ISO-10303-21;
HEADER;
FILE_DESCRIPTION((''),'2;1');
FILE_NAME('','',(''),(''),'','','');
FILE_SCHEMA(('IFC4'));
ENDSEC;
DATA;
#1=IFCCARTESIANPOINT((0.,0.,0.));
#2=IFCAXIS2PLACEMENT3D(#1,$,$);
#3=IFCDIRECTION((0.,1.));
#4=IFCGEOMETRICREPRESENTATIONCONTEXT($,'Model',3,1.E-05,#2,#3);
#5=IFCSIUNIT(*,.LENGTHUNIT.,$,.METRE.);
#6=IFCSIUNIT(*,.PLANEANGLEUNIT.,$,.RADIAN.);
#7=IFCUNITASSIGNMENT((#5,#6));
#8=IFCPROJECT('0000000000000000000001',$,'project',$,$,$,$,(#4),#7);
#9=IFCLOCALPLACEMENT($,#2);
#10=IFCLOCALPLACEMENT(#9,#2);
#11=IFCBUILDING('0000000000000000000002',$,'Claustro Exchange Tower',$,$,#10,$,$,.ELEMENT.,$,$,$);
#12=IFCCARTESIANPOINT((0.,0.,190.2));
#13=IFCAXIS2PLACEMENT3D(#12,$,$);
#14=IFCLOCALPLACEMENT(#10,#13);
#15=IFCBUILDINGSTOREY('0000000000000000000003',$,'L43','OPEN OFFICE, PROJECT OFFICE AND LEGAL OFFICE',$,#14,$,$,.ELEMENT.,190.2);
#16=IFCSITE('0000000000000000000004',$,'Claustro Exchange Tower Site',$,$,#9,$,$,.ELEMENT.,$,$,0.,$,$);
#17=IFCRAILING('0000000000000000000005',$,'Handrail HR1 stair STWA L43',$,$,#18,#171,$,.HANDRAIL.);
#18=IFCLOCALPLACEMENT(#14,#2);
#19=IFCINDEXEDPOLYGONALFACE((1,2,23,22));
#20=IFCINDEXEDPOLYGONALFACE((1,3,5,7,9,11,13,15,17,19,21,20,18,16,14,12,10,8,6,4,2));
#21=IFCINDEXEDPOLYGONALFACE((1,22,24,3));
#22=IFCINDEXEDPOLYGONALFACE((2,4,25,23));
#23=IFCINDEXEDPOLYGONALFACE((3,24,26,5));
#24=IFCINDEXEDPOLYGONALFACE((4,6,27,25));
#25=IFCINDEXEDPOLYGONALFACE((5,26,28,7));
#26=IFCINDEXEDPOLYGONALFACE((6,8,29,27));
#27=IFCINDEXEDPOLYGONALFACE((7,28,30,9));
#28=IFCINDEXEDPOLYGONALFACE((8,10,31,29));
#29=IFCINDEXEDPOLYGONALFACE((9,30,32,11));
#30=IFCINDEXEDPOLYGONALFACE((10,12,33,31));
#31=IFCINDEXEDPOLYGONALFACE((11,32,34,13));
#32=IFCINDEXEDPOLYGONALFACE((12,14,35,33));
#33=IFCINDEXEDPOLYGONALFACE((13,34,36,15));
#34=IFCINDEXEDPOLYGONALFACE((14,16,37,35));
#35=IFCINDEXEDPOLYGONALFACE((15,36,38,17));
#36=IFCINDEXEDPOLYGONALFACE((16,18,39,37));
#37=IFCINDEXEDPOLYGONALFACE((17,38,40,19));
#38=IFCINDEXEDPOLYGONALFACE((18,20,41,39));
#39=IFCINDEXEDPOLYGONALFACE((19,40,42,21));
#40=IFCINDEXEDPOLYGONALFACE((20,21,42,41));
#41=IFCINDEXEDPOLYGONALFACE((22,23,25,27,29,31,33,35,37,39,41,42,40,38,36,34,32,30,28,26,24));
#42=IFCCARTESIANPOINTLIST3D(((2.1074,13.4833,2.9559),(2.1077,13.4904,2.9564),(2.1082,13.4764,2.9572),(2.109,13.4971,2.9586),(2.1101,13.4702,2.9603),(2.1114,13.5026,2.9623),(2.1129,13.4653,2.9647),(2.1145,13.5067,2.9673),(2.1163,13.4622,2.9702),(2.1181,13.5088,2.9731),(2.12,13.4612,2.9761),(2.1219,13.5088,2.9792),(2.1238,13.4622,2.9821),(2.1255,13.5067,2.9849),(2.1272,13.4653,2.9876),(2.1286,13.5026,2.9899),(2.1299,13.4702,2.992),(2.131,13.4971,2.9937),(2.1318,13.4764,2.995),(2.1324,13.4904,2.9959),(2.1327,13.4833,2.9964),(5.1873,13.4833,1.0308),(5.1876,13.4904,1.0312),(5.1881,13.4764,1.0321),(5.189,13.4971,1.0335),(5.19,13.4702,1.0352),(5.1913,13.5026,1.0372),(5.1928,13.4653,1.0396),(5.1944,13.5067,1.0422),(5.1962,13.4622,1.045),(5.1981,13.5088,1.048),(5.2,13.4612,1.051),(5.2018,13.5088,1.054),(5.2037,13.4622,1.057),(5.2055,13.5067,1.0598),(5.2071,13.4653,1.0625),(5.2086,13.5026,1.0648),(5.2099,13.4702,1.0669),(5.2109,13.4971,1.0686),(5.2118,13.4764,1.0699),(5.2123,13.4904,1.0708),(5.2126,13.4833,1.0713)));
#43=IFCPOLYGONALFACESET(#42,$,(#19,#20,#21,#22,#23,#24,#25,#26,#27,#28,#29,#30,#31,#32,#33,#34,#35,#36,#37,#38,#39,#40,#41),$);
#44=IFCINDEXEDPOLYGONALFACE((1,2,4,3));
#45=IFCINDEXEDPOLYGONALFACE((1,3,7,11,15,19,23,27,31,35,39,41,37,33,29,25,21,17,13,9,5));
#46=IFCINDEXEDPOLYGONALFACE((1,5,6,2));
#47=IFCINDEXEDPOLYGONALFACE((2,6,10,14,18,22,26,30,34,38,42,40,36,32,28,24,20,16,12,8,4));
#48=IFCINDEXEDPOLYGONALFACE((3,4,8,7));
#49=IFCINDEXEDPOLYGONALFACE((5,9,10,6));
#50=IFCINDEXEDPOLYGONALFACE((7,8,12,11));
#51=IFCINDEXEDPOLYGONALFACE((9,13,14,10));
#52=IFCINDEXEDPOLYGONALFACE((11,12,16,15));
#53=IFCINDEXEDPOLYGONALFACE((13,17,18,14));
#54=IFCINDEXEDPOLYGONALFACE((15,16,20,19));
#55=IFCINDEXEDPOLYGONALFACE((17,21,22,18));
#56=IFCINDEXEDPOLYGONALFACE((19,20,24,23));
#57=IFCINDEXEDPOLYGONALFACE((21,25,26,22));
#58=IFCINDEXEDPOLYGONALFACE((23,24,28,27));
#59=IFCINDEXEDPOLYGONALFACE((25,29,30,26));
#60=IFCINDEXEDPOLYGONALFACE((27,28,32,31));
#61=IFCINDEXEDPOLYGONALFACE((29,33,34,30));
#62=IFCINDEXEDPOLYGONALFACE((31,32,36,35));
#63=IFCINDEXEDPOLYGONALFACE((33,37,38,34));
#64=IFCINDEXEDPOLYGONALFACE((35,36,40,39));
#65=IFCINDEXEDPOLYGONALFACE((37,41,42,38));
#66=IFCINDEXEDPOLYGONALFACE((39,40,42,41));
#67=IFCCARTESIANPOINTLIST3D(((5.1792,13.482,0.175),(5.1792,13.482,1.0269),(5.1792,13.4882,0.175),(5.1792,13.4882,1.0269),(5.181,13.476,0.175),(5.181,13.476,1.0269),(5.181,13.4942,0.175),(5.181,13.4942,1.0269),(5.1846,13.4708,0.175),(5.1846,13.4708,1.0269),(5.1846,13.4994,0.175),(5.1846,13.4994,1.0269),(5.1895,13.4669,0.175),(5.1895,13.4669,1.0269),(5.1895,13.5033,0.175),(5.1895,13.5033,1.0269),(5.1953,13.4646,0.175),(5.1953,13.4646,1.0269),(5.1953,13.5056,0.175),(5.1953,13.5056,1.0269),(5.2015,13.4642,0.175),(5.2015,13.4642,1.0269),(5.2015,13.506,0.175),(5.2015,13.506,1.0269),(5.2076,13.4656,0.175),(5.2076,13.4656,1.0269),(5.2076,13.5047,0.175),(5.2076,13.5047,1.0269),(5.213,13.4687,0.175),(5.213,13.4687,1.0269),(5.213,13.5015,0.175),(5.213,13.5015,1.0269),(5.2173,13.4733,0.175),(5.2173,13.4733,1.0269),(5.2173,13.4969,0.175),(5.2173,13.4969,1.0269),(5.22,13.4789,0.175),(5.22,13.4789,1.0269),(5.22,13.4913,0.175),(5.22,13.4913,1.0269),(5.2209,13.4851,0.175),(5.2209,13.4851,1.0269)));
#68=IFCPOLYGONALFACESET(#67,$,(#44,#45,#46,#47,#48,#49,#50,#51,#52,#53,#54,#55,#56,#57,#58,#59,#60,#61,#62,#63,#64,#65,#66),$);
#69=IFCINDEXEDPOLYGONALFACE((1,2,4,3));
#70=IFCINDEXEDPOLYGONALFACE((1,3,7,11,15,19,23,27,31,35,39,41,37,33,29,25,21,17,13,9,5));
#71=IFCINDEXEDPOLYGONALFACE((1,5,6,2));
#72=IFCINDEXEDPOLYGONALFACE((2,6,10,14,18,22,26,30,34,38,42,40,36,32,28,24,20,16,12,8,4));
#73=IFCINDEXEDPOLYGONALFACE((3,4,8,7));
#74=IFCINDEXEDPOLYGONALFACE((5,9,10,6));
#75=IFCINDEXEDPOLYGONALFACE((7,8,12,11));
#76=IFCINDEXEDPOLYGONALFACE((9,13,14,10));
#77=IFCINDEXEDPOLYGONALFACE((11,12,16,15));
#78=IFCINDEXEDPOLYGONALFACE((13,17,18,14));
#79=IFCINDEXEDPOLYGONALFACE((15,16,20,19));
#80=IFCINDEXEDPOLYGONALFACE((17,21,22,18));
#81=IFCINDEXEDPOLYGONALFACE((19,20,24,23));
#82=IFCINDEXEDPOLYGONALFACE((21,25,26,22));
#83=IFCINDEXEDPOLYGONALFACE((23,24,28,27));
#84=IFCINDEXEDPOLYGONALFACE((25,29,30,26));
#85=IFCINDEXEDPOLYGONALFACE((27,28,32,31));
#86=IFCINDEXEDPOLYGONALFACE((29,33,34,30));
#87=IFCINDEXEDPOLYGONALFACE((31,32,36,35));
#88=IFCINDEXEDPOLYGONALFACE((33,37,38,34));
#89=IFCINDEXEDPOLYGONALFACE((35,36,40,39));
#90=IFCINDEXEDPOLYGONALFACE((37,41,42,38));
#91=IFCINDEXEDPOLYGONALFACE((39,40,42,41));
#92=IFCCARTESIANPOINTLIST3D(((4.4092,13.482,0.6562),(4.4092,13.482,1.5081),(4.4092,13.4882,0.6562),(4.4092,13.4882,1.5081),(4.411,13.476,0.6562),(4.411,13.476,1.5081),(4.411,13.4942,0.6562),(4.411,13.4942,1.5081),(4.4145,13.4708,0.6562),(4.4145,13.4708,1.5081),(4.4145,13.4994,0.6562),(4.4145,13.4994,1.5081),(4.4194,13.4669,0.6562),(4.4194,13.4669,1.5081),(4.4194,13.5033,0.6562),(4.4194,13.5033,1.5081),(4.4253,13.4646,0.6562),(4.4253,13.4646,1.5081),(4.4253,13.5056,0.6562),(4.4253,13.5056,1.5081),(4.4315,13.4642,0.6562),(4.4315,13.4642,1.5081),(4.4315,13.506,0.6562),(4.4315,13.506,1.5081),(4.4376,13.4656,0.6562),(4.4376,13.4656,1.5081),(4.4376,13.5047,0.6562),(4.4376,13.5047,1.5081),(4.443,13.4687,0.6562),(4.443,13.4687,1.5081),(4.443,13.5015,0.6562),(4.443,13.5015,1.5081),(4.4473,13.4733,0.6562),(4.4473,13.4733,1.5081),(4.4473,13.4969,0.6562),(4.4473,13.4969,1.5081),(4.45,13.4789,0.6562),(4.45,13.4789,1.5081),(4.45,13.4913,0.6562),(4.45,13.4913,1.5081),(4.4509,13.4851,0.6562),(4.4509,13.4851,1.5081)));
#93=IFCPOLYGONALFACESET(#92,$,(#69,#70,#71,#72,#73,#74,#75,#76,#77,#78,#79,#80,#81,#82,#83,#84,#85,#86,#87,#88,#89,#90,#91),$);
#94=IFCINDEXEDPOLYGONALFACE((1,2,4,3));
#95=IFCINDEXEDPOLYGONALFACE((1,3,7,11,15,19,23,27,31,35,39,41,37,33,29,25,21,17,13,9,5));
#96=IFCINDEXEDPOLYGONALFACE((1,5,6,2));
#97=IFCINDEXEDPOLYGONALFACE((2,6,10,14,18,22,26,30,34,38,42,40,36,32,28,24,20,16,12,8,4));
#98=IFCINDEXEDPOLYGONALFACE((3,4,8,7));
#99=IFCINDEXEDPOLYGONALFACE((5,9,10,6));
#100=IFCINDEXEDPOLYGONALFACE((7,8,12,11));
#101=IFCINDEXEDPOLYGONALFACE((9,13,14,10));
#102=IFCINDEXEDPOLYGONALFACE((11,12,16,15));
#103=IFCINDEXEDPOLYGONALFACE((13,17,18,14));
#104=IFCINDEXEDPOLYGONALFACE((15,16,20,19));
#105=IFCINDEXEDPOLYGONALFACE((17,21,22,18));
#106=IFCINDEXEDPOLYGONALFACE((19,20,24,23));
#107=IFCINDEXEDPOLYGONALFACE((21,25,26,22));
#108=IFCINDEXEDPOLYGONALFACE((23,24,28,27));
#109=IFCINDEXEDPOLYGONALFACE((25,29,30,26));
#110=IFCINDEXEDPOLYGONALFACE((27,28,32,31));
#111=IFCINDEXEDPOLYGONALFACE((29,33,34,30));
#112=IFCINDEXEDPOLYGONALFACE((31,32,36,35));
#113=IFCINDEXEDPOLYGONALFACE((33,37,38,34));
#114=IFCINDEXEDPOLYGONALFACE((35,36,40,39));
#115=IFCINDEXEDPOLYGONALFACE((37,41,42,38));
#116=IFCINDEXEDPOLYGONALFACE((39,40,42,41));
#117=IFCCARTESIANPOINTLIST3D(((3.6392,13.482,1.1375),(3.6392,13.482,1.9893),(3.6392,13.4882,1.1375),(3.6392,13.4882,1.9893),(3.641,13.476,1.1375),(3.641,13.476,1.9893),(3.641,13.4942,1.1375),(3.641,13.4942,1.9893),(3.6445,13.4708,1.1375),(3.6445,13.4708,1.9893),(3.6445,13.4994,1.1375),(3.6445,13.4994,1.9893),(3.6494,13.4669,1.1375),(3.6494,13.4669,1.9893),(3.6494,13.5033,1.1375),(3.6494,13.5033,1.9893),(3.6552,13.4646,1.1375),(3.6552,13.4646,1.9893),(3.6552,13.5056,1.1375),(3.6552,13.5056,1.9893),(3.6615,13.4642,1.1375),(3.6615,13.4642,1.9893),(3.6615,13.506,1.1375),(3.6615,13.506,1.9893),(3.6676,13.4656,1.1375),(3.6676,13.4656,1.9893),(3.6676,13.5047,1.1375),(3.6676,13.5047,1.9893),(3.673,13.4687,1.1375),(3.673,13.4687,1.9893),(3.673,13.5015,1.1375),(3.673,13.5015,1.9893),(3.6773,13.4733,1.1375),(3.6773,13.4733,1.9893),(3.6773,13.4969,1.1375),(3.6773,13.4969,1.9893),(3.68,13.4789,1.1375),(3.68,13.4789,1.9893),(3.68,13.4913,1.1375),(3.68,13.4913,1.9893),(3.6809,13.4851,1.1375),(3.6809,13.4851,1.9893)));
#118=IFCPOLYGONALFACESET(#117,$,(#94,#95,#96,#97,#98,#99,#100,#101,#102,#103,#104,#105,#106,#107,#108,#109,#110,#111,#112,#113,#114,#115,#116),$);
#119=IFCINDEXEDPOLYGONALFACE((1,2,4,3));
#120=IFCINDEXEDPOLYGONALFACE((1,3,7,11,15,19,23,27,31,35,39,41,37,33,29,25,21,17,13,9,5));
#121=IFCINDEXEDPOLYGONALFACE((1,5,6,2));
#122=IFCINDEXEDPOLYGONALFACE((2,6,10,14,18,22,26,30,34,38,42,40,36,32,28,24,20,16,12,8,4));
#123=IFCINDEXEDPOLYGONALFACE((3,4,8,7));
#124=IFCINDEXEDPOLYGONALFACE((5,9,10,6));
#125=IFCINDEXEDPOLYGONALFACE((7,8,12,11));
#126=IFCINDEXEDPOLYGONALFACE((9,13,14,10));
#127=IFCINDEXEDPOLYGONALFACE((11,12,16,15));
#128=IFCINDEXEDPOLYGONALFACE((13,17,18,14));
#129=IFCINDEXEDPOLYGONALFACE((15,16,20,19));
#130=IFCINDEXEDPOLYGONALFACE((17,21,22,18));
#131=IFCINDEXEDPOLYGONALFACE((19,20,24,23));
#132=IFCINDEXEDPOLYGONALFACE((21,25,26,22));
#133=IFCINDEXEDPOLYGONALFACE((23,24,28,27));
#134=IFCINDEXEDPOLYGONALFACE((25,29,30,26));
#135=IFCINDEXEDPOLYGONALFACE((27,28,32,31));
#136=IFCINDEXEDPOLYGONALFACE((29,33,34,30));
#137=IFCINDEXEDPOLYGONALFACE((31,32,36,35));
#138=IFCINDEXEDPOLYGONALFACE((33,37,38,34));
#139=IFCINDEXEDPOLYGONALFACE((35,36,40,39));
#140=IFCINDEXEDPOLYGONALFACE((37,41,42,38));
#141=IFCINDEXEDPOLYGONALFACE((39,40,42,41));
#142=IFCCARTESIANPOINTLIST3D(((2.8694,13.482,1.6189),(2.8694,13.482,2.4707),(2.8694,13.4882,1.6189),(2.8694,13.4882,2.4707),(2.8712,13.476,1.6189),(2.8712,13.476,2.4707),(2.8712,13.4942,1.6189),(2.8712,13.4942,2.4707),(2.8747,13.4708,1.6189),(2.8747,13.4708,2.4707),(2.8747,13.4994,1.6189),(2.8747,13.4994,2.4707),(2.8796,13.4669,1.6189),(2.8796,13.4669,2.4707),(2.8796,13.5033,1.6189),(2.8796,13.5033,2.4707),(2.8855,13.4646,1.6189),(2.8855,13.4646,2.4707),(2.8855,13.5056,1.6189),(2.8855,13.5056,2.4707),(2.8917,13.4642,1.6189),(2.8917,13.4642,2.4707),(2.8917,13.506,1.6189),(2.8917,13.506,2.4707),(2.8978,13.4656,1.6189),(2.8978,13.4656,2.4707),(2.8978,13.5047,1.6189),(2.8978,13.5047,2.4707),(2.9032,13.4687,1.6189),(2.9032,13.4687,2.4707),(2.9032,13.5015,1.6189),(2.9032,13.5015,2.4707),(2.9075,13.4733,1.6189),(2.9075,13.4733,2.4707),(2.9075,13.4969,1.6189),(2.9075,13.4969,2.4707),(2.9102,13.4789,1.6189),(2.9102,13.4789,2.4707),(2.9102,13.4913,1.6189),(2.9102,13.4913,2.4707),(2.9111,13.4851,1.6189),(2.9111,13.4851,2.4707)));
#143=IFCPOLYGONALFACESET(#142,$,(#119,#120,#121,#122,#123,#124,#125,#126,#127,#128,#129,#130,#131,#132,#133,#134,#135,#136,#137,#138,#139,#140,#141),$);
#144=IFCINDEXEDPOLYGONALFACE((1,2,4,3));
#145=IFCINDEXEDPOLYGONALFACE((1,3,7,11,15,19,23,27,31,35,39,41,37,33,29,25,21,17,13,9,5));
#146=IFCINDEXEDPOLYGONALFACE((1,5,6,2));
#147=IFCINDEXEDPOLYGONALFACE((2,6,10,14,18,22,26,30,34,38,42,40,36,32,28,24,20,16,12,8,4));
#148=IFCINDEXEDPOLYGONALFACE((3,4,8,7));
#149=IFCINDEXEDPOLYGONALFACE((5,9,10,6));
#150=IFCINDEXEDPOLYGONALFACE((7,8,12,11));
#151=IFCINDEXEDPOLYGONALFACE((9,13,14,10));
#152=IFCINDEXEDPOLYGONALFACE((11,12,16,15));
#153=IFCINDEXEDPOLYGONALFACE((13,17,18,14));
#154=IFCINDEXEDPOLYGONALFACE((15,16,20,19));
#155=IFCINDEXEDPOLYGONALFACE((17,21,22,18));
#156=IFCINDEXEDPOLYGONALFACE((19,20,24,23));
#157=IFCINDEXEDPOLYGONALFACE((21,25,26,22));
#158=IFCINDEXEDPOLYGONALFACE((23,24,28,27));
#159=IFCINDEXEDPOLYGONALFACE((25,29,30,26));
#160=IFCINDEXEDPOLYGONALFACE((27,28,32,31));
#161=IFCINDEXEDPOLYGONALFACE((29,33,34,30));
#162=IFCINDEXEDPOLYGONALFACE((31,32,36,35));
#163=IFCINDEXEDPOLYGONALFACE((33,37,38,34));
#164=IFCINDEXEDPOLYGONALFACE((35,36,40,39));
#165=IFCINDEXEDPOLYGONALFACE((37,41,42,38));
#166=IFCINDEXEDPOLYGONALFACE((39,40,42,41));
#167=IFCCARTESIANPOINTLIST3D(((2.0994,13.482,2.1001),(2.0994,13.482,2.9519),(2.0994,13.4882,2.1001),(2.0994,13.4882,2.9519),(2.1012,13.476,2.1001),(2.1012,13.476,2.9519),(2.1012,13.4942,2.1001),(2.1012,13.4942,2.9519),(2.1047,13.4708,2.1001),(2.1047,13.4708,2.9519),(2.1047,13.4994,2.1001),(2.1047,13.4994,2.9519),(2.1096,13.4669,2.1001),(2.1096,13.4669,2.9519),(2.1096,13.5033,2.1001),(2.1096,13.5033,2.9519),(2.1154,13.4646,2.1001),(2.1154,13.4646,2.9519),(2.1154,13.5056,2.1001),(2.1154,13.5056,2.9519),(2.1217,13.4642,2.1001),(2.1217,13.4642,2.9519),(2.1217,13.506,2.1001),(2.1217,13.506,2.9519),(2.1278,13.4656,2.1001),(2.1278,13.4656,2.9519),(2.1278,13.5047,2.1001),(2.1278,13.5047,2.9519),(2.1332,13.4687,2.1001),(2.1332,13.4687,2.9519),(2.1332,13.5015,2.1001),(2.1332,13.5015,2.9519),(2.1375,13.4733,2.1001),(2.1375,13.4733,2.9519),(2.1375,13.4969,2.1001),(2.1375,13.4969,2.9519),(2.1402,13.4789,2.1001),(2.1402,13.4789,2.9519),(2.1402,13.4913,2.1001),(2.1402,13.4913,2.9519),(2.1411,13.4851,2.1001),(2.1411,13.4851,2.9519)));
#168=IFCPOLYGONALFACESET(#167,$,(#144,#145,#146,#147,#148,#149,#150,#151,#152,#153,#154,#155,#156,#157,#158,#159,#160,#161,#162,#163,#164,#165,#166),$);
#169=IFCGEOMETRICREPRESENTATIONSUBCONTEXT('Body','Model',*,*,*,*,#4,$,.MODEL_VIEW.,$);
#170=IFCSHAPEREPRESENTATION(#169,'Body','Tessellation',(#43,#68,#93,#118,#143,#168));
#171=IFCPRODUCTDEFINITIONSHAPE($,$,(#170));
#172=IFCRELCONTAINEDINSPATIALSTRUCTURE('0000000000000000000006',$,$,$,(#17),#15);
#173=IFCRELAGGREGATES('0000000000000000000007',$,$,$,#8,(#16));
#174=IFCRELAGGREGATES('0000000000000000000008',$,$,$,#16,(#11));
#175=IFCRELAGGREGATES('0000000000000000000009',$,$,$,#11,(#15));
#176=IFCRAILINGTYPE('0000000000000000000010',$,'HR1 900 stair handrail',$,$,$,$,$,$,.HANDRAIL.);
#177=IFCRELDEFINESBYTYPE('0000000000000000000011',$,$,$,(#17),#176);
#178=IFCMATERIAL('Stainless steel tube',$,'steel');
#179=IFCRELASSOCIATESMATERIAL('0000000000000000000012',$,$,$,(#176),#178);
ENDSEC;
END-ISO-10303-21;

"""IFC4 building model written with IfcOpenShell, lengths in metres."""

from ifc_helpers import new_model, si_unit, direction, frame, origin, origin_2d, place, context, subcontext, project, spatial, circle, extrude, material, type_object, element, save


model = new_model("IFC4")

# Units and contexts
model_context = context("Model", 3, precision=1e-05, world=origin(), true_north=direction((0.0, 1.0)))
body_context = subcontext(model_context, "Body", "Model", "MODEL_VIEW")
ifc_project = project(units=[si_unit("LENGTHUNIT", "METRE"), si_unit("PLANEANGLEUNIT", "RADIAN")], contexts=[model_context])

# Site, building, storey
site_placement = place(None, origin())
site = spatial("IfcSite", under=ifc_project, at=site_placement, Name="Claustro Exchange Tower Site", CompositionType="ELEMENT", RefElevation=0.0)
building_placement = place(site_placement, origin())
building = spatial("IfcBuilding", under=site, at=building_placement, Name="Claustro Exchange Tower", CompositionType="ELEMENT")
storey_placement = place(building_placement, frame((0.0, 0.0, 190.2)))
storey = spatial("IfcBuildingStorey", under=building, at=storey_placement, Name="L43", Description="OPEN OFFICE, PROJECT OFFICE AND LEGAL OFFICE", CompositionType="ELEMENT", Elevation=190.2)

# Railing
ifc_material_1 = material(Name="Stainless steel tube", Category="steel")
railing_type_1 = type_object("IfcRailingType", Name="HR1 900 stair handrail", PredefinedType="HANDRAIL", material=ifc_material_1)
railing_1_placement = place(storey_placement, frame((5.2, 13.4851, 0.175)))
element("IfcRailing", 1, at=railing_1_placement, inside=storey, type_object=railing_type_1, Name="Handrail HR1 stair STWA L43", PredefinedType="HANDRAIL", context=body_context, shape_type="SweptSolid", body=[
    extrude(circle(Radius=0.0239, at=origin_2d()), frame((0.0, 0.0, 0.876), z_axis=(-0.847979, 0.0, 0.530029), x_axis=(0.0, -1.0, 0.0)), (0.0, 0.0, 1.0), 3.6321),
    extrude(circle(Radius=0.021, at=origin_2d()), origin(), (0.0, 0.0, 1.0), 0.8518),
    extrude(circle(Radius=0.021, at=origin_2d()), frame((-0.77, 0.0, 0.4812)), (0.0, 0.0, 1.0), 0.8518),
    extrude(circle(Radius=0.021, at=origin_2d()), frame((-1.54, 0.0, 0.9624)), (0.0, 0.0, 1.0), 0.8518),
    extrude(circle(Radius=0.021, at=origin_2d()), frame((-2.3098, 0.0, 1.4438)), (0.0, 0.0, 1.0), 0.8518),
    extrude(circle(Radius=0.021, at=origin_2d()), frame((-3.0798, 0.0, 1.925)), (0.0, 0.0, 1.0), 0.8518),
])

save(model, "model.ifc")
